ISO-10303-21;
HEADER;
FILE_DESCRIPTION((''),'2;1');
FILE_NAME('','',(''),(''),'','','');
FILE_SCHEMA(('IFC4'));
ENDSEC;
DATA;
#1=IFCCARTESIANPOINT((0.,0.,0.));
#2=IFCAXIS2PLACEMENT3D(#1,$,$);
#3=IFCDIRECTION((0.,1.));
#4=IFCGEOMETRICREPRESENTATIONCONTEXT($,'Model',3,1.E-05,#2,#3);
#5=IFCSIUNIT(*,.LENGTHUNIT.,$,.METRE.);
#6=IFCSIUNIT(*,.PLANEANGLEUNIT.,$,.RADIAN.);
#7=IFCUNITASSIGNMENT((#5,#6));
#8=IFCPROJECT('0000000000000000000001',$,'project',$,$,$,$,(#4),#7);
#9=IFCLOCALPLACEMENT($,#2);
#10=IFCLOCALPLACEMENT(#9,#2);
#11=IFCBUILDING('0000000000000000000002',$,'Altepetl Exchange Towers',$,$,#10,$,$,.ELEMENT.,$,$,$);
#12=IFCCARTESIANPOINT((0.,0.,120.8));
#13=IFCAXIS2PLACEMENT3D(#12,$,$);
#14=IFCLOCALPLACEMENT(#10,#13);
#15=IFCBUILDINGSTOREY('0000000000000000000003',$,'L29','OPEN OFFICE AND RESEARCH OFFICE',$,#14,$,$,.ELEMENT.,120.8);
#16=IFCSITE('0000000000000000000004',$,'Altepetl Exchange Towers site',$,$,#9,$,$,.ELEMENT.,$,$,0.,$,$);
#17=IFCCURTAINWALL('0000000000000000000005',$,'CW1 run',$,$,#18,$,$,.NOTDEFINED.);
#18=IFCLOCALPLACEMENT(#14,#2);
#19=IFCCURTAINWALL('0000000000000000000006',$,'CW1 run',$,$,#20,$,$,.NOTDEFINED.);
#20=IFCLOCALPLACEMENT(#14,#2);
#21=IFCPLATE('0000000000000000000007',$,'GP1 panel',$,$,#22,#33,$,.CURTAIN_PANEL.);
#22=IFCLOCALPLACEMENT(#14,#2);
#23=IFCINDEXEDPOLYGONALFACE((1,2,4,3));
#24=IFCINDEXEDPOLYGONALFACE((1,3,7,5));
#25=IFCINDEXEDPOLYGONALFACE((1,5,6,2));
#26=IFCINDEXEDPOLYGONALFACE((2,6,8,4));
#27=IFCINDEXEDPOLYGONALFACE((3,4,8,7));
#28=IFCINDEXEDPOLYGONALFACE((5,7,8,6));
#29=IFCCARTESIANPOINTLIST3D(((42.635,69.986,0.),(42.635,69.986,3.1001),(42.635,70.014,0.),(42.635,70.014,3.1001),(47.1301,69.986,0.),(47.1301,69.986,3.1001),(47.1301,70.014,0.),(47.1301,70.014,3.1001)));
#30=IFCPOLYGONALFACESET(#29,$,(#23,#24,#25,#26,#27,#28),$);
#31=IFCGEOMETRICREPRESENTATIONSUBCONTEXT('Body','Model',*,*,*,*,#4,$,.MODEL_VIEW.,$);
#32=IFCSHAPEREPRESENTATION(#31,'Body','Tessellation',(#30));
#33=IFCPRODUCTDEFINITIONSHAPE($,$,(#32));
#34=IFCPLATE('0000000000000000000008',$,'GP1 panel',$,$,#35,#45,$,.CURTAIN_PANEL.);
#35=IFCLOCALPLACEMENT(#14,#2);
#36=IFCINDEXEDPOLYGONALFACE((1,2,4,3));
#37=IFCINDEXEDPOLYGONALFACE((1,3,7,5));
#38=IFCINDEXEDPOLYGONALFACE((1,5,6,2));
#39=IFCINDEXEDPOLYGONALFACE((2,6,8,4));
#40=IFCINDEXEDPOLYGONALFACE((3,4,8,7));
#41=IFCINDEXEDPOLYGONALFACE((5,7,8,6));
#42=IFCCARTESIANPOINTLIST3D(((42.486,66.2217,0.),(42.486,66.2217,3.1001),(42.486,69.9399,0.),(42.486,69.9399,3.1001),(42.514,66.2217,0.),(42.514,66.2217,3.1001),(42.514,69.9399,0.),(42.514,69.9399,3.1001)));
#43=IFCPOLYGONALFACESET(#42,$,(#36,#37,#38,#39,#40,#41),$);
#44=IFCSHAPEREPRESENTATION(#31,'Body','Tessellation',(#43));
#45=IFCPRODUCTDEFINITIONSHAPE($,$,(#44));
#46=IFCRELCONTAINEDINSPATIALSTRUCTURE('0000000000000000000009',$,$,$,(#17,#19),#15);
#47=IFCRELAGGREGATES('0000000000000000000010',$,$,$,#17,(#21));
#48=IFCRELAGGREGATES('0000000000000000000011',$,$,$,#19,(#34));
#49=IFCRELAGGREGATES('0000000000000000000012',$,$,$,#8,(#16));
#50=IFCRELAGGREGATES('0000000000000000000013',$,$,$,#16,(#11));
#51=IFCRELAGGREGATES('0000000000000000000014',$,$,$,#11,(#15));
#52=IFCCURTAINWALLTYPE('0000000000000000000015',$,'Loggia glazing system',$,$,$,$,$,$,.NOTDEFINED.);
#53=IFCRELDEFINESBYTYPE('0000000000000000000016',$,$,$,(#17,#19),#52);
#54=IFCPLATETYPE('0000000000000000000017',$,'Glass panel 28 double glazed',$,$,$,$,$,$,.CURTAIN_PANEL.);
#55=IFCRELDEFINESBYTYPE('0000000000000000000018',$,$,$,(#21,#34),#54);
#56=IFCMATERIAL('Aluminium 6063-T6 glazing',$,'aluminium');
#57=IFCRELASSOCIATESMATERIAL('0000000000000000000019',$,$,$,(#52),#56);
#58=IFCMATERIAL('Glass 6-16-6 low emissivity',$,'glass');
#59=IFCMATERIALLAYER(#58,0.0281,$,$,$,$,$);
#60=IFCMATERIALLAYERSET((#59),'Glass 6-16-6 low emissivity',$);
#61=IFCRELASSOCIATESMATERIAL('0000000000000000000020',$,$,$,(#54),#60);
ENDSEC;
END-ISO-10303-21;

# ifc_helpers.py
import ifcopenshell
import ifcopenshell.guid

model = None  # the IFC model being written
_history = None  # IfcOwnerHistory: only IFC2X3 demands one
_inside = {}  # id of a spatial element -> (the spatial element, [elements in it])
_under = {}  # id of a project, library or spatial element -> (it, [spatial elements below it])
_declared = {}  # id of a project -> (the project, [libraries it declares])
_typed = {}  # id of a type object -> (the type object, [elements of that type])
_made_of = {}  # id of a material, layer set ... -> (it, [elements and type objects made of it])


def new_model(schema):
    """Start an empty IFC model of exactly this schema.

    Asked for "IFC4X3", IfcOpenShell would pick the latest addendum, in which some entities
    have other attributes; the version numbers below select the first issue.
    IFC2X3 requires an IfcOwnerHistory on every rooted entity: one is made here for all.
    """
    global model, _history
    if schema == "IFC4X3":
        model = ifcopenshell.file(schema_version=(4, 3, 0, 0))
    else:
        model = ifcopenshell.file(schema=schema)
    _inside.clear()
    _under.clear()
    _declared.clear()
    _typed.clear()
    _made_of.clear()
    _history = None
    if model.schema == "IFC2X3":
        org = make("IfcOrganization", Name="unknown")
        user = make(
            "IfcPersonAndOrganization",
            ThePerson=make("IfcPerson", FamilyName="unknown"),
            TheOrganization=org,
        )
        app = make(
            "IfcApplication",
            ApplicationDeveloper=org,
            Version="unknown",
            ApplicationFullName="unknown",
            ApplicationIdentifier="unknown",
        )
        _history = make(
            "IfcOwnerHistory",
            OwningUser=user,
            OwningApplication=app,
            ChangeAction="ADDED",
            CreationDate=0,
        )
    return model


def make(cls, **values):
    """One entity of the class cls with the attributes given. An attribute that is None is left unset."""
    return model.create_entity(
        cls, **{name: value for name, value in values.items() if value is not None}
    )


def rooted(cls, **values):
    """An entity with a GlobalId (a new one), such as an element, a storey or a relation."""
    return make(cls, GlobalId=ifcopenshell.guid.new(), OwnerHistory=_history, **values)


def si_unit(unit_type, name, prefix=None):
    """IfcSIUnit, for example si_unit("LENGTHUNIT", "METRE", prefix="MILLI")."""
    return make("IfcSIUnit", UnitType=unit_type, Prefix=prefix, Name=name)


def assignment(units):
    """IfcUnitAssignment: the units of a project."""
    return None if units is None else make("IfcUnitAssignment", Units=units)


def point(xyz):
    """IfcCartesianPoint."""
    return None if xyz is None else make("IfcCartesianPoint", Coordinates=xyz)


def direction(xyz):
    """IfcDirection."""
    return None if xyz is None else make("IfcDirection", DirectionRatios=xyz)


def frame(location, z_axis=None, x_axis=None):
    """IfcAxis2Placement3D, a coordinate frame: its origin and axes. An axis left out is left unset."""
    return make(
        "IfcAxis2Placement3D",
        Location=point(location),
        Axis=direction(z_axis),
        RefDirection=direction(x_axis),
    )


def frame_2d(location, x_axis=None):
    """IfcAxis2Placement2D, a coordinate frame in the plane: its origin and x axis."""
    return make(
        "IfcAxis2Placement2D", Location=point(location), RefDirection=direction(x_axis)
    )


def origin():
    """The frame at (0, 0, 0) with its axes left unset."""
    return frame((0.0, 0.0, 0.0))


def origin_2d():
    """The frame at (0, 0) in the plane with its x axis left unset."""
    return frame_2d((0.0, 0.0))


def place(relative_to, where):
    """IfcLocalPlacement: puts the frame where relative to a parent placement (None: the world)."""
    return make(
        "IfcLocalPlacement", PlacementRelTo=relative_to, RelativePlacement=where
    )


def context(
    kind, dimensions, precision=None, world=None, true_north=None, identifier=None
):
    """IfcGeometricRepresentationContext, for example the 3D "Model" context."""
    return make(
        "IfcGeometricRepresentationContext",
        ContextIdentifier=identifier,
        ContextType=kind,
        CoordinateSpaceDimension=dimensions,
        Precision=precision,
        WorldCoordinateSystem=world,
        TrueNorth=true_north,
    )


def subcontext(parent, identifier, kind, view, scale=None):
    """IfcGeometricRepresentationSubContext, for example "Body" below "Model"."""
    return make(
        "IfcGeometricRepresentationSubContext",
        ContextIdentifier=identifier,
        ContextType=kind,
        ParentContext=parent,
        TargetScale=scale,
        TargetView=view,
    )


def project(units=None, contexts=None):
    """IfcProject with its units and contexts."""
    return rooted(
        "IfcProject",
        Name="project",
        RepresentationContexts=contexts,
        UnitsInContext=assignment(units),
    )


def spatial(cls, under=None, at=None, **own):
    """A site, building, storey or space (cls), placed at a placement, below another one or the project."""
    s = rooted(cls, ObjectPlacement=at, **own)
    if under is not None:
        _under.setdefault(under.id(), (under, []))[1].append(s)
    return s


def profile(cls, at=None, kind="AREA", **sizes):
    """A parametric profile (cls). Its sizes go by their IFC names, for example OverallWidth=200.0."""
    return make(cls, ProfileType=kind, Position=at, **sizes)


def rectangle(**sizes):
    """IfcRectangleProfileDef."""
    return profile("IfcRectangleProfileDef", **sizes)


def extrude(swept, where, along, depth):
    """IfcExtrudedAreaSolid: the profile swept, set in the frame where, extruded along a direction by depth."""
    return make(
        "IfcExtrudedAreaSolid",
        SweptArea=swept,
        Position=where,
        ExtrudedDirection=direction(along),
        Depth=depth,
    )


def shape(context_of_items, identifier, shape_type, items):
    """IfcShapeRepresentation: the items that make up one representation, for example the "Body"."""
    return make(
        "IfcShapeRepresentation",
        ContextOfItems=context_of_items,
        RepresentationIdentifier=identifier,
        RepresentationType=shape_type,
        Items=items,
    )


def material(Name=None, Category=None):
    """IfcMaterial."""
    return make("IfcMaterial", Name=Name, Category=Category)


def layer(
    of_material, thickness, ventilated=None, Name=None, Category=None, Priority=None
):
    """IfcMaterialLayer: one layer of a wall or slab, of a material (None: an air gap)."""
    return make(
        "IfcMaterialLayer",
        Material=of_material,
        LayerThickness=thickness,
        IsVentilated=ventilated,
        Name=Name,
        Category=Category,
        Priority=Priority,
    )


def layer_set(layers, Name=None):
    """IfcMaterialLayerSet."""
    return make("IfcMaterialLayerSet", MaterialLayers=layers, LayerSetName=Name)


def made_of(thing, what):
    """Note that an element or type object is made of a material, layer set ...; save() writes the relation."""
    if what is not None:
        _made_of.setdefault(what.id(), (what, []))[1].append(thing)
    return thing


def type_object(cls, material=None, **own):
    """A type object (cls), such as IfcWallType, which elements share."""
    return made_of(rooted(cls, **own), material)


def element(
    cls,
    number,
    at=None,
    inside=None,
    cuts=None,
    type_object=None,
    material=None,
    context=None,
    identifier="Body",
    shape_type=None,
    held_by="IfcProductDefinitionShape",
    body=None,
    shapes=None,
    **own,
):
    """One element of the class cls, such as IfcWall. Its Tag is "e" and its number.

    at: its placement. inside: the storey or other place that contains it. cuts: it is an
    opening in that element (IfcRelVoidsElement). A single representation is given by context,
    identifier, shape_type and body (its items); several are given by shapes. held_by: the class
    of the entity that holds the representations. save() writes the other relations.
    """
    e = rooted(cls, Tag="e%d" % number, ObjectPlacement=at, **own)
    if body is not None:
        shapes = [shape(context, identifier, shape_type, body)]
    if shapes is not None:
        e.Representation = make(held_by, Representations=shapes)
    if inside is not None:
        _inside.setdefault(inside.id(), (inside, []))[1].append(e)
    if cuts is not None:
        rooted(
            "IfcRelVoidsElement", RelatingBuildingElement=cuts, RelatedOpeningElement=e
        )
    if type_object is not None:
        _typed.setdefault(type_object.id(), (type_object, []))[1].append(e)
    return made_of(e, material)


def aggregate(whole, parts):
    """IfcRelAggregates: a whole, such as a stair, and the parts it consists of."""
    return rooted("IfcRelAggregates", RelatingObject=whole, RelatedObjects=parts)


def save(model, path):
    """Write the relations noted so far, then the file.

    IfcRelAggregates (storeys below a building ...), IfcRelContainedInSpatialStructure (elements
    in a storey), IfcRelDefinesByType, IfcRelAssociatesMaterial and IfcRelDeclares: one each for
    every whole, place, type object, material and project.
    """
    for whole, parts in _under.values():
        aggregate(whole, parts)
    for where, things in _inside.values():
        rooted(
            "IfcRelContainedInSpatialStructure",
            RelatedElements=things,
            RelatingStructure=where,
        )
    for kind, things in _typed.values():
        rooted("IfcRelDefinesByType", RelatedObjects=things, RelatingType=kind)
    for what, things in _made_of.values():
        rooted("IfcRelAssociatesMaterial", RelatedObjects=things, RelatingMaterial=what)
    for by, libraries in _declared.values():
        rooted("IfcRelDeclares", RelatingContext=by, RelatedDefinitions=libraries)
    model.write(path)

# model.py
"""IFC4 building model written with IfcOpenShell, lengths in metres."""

from ifc_helpers import new_model, si_unit, direction, frame, origin, origin_2d, place, context, subcontext, project, spatial, rectangle, extrude, material, layer, layer_set, type_object, element, aggregate, save


model = new_model("IFC4")

# Units and contexts
model_context = context("Model", 3, precision=1e-05, world=origin(), true_north=direction((0.0, 1.0)))
body_context = subcontext(model_context, "Body", "Model", "MODEL_VIEW")
ifc_project = project(units=[si_unit("LENGTHUNIT", "METRE"), si_unit("PLANEANGLEUNIT", "RADIAN")], contexts=[model_context])

# Site, building, storey
site_placement = place(None, origin())
site = spatial("IfcSite", under=ifc_project, at=site_placement, Name="Altepetl Exchange Towers site", CompositionType="ELEMENT", RefElevation=0.0)
building_placement = place(site_placement, origin())
building = spatial("IfcBuilding", under=site, at=building_placement, Name="Altepetl Exchange Towers", CompositionType="ELEMENT")
storey_placement = place(building_placement, frame((0.0, 0.0, 120.8)))
storey = spatial("IfcBuildingStorey", under=building, at=storey_placement, Name="L29", Description="OPEN OFFICE AND RESEARCH OFFICE", CompositionType="ELEMENT", Elevation=120.8)

# Curtain walls
ifc_material_1 = material(Name="Aluminium 6063-T6 glazing", Category="aluminium")
curtain_wall_type = type_object("IfcCurtainWallType", Name="Loggia glazing system", PredefinedType="NOTDEFINED", material=ifc_material_1)
curtain_wall_1_placement = place(storey_placement, origin())
curtain_wall_1 = element("IfcCurtainWall", 1, at=curtain_wall_1_placement, inside=storey, type_object=curtain_wall_type, Name="CW1 run", PredefinedType="NOTDEFINED")
curtain_wall_2_placement = place(storey_placement, origin())
curtain_wall_2 = element("IfcCurtainWall", 2, at=curtain_wall_2_placement, inside=storey, type_object=curtain_wall_type, Name="CW1 run", PredefinedType="NOTDEFINED")

# Plates
ifc_material_2 = material(Name="Glass 6-16-6 low emissivity", Category="glass")
ifc_layer = layer(ifc_material_2, 0.0281)
ifc_layer_set = layer_set([ifc_layer], Name="Glass 6-16-6 low emissivity")
plate_type = type_object("IfcPlateType", Name="Glass panel 28 double glazed", PredefinedType="CURTAIN_PANEL", material=ifc_layer_set)
plate_1_placement = place(storey_placement, frame((44.8826, 70.0, 0.0), z_axis=(0.0, 0.0, 1.0), x_axis=(-1.0, 0.0, 0.0)))
plate_1 = element("IfcPlate", 3, at=plate_1_placement, type_object=plate_type, Name="GP1 panel", PredefinedType="CURTAIN_PANEL", context=body_context, shape_type="SweptSolid", body=[
    extrude(rectangle(XDim=4.4951, YDim=0.0281, at=origin_2d()), origin(), (0.0, 0.0, 1.0), 3.1001),
])
aggregate(curtain_wall_1, [plate_1])
plate_2_placement = place(storey_placement, frame((42.5, 68.0808, 0.0), z_axis=(0.0, 0.0, 1.0), x_axis=(0.0, -1.0, 0.0)))
plate_2 = element("IfcPlate", 4, at=plate_2_placement, type_object=plate_type, Name="GP1 panel", PredefinedType="CURTAIN_PANEL", context=body_context, shape_type="SweptSolid", body=[
    extrude(rectangle(XDim=3.7183, YDim=0.0281, at=origin_2d()), origin(), (0.0, 0.0, 1.0), 3.1001),
])
aggregate(curtain_wall_2, [plate_2])

save(model, "model.ifc")
